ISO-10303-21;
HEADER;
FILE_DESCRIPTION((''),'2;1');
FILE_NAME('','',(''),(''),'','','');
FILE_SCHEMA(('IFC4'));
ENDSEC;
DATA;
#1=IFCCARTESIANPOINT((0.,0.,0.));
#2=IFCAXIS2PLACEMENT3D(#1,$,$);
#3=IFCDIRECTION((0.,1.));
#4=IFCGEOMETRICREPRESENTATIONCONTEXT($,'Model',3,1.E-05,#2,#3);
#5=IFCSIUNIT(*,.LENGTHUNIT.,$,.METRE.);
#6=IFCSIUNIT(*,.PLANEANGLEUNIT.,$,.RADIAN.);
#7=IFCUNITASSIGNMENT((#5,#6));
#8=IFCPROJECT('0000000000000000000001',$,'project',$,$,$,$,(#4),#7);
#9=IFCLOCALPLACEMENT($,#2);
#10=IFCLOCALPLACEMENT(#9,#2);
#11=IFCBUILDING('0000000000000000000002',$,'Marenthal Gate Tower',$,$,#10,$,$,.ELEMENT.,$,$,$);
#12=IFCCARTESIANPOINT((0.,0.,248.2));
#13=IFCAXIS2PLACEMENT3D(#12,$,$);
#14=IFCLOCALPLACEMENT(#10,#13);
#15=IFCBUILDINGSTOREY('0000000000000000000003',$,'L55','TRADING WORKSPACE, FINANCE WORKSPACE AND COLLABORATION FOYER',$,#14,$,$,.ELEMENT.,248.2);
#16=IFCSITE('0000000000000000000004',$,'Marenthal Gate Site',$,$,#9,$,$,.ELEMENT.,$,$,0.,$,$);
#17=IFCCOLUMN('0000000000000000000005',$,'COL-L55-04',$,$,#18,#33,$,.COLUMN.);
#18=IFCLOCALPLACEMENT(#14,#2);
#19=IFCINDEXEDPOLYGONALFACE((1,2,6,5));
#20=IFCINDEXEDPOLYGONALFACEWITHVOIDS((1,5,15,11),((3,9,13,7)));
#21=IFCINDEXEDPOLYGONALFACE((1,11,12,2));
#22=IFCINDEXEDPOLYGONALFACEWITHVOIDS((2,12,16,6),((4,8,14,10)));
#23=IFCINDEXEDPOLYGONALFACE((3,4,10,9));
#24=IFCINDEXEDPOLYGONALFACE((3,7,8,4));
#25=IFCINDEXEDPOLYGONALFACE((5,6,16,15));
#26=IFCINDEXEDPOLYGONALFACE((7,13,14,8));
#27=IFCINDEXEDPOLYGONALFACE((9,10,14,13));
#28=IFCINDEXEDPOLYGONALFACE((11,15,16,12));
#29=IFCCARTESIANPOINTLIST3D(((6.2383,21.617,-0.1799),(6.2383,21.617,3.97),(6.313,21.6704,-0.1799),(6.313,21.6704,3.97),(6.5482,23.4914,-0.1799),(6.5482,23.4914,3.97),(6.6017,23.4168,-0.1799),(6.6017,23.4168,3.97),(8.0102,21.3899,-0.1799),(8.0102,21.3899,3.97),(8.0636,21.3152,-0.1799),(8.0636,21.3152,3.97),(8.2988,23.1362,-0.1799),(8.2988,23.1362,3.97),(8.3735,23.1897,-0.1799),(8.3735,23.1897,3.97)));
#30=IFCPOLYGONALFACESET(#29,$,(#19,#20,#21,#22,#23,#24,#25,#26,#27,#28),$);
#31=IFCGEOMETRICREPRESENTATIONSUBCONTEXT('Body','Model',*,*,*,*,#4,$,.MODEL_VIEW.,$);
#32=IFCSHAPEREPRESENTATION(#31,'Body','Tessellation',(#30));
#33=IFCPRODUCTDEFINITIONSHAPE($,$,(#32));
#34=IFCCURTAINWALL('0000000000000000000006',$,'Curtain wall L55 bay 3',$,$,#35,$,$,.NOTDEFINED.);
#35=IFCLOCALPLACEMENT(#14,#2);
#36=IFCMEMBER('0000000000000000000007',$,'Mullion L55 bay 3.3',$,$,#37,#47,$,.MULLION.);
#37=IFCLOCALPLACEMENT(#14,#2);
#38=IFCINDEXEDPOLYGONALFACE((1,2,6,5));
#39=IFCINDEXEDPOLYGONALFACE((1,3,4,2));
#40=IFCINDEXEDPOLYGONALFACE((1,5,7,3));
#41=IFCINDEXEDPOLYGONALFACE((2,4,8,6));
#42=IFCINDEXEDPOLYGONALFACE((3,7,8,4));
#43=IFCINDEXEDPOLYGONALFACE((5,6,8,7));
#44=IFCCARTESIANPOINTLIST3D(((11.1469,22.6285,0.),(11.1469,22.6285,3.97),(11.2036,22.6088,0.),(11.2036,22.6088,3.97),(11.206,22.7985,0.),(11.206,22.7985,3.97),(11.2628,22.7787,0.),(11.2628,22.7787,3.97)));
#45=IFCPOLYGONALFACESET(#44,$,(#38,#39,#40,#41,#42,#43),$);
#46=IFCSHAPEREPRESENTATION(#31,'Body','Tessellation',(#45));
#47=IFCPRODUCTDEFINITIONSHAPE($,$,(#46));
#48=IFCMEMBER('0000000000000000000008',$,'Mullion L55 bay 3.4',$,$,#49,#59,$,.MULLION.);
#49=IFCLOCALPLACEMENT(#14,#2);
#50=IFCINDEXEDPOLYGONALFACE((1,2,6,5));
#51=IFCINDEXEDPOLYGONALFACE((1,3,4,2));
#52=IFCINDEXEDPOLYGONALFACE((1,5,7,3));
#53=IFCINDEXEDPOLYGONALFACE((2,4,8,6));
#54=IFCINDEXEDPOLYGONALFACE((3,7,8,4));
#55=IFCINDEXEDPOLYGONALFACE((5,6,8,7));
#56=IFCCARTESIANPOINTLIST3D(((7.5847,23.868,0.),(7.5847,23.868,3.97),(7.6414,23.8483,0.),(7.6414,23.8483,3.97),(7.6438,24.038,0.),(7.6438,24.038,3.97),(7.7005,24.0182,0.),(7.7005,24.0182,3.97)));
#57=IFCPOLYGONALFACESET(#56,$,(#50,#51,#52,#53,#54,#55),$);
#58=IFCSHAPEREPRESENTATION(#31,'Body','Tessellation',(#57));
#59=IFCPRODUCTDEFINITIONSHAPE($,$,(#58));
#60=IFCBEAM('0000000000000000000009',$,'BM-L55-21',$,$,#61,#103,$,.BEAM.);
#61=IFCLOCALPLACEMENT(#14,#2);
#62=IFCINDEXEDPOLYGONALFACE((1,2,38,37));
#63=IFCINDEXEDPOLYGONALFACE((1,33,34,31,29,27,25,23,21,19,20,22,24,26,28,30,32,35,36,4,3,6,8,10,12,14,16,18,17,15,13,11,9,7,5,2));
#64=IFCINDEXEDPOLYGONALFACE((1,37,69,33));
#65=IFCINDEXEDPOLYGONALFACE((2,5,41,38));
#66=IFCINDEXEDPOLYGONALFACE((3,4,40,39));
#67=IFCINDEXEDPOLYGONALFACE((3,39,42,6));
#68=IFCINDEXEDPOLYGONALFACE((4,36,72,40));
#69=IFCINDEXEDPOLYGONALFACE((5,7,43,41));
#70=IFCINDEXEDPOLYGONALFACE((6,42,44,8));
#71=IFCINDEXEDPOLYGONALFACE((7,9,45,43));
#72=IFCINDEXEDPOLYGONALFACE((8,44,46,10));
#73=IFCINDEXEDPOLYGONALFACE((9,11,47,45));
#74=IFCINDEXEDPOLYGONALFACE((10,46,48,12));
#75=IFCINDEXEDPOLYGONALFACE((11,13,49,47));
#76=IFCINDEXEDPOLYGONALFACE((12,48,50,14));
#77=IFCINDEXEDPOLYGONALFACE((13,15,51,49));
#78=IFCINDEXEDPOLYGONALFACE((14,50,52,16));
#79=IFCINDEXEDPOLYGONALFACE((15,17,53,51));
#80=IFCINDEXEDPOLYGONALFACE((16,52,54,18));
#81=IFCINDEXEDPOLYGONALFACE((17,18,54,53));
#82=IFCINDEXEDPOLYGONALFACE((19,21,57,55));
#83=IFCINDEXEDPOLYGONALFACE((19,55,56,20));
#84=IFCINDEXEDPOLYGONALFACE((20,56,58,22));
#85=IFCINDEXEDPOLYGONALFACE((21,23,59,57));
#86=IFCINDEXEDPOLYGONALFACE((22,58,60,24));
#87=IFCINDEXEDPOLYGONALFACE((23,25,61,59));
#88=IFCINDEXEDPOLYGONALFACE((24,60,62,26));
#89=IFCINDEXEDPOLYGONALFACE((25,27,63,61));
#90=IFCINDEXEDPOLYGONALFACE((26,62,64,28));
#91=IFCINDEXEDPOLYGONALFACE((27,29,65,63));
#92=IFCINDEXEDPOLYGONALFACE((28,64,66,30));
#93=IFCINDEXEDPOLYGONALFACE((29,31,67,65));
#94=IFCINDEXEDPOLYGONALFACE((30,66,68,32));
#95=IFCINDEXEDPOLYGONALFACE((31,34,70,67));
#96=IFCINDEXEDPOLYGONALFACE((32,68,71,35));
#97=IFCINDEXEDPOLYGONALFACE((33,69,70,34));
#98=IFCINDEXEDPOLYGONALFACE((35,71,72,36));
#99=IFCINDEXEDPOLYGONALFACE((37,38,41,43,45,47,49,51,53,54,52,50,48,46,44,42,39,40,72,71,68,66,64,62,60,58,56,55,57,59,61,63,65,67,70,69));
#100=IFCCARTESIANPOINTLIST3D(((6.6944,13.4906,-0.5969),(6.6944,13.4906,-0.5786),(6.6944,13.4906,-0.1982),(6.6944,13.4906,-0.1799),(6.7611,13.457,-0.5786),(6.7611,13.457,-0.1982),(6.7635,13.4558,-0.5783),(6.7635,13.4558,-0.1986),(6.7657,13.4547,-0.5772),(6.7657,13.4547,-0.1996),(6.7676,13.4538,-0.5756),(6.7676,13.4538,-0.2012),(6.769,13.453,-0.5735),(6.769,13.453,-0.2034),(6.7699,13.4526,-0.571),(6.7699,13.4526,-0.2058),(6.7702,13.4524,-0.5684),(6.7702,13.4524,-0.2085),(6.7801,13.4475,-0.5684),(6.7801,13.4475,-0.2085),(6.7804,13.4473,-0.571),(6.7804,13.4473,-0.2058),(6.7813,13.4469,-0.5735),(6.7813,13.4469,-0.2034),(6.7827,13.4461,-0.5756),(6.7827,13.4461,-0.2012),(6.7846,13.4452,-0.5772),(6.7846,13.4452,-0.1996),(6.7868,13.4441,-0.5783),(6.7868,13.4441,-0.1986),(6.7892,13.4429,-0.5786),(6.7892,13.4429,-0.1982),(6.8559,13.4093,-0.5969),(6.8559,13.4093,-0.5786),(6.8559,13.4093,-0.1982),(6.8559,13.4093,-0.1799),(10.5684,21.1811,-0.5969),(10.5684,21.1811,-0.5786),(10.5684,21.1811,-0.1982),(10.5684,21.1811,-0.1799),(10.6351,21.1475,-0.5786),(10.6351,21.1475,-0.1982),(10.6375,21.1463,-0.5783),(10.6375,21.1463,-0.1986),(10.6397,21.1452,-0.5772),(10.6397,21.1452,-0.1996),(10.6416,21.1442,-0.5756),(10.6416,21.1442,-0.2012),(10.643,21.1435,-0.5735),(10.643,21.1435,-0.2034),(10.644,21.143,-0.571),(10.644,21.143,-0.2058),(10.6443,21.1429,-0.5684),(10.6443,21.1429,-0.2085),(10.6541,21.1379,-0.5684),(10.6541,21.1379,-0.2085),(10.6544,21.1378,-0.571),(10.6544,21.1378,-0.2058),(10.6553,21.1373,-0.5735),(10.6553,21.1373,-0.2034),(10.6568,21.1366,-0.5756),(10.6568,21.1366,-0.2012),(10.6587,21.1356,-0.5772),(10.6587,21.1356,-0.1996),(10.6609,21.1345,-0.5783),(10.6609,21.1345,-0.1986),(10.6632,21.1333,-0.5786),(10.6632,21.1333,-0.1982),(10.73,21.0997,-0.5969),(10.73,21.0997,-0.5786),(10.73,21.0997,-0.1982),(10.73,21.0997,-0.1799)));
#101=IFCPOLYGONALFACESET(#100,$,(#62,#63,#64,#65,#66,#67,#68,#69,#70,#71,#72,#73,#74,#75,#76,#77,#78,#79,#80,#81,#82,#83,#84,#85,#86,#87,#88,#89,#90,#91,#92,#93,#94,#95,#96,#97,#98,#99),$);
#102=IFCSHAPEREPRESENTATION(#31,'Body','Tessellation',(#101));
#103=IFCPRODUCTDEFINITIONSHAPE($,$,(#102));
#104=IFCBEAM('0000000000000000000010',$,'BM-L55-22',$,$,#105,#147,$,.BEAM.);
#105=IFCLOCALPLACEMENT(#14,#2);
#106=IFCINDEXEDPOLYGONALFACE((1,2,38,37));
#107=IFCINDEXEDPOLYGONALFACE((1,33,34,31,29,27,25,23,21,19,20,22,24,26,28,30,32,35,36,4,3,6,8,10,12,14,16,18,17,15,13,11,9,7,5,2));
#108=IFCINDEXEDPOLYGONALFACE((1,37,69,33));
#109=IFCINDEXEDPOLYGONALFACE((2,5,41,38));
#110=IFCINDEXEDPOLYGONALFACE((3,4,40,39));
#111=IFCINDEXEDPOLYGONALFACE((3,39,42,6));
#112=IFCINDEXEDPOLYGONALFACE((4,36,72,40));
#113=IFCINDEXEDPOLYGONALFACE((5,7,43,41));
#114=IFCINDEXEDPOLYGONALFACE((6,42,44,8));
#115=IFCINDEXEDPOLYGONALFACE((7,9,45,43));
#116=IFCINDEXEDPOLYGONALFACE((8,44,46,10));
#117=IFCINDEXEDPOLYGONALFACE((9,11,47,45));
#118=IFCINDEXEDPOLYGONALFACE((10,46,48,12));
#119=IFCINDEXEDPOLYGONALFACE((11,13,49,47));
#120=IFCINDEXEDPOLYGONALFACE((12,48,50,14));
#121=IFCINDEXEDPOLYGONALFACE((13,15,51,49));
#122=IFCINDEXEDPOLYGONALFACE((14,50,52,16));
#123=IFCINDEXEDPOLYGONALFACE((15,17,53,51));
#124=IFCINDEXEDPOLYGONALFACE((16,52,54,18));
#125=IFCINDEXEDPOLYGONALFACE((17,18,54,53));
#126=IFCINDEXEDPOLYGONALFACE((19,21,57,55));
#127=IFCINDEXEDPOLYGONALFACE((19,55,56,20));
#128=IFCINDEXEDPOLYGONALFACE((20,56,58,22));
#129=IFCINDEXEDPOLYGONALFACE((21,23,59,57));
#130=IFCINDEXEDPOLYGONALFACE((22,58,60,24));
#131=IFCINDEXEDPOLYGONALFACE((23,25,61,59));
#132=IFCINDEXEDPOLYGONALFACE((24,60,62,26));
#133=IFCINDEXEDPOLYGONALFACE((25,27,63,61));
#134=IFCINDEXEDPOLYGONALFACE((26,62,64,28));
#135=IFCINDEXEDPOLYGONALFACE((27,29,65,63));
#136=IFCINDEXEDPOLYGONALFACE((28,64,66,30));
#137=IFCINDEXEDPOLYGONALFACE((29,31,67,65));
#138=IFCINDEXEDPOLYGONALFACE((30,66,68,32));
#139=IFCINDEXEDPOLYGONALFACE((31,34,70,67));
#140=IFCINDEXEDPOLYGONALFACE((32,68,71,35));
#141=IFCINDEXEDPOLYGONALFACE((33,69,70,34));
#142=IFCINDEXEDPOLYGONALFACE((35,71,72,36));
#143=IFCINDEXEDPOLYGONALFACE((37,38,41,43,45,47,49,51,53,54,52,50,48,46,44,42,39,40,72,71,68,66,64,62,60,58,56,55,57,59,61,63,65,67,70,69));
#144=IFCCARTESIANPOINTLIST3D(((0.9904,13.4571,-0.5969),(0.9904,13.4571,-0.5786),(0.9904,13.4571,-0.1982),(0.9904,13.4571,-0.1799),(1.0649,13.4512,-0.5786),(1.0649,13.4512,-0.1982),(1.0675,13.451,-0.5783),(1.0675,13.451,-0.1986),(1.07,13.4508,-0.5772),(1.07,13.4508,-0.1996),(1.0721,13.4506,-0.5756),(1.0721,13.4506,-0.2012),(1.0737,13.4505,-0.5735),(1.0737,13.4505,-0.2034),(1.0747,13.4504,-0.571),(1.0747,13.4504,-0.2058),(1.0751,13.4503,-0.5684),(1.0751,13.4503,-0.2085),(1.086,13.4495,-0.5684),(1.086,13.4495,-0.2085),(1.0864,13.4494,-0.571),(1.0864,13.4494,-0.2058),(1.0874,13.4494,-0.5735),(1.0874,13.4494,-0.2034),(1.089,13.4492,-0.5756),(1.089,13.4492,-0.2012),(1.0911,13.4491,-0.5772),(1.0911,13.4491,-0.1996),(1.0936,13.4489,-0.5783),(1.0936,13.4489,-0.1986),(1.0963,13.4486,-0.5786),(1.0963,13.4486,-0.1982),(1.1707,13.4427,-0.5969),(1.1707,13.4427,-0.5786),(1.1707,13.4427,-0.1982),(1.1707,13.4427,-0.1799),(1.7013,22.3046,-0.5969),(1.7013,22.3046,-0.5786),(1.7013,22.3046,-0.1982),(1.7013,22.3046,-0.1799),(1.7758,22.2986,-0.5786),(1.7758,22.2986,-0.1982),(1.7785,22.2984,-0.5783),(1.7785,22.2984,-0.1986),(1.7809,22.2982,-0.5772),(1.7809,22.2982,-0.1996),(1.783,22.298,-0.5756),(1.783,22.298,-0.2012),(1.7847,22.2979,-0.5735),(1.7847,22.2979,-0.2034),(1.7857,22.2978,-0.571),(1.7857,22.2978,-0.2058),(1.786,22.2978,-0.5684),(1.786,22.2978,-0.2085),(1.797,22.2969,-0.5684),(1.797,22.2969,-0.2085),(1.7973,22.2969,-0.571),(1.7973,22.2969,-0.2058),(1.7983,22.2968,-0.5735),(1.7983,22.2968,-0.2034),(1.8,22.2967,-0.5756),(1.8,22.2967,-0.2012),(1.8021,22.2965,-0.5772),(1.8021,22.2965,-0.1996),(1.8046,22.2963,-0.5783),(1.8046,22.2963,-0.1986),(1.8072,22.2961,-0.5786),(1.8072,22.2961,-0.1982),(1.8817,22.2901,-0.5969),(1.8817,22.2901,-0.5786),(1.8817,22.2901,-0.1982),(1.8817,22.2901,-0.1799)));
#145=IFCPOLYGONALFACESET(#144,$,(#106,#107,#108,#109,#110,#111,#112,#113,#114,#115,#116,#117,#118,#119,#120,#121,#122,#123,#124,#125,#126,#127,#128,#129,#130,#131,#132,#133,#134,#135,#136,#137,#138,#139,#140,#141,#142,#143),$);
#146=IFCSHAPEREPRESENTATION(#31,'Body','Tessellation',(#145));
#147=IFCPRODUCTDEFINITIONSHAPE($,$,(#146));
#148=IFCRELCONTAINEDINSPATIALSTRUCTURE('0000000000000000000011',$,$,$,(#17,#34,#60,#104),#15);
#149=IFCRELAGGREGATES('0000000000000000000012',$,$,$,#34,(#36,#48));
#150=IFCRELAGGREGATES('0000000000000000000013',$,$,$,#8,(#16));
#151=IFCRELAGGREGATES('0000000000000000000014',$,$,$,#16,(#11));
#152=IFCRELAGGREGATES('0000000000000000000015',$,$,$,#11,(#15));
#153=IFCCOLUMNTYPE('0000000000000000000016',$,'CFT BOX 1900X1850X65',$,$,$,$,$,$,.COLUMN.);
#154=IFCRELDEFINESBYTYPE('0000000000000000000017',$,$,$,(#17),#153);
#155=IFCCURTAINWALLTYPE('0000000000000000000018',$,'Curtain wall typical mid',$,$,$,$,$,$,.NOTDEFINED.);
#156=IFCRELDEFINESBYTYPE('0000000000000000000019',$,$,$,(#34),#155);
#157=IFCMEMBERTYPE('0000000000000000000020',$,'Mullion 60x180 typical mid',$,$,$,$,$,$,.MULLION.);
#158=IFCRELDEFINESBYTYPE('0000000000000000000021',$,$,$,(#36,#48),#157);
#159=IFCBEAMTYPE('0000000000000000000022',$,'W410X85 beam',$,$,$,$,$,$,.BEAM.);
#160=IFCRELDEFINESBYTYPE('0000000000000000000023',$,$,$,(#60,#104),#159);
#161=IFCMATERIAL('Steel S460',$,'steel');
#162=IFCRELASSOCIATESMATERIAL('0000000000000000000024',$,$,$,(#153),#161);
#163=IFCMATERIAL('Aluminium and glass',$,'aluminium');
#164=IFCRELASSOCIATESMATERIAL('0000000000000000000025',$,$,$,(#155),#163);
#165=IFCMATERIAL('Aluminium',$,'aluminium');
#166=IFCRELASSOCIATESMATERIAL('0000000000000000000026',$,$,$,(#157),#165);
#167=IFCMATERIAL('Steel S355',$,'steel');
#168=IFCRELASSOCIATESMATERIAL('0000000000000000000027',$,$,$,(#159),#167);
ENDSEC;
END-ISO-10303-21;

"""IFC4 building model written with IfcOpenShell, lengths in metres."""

from ifc_helpers import new_model, si_unit, direction, frame, origin, origin_2d, place, context, subcontext, project, spatial, rectangle, hollow_rectangle, i_section, extrude, material, material_profile, profile_set, type_object, element, aggregate, save


model = new_model("IFC4")

# Units and contexts
model_context = context("Model", 3, precision=1e-05, world=origin(), true_north=direction((0.0, 1.0)))
body_context = subcontext(model_context, "Body", "Model", "MODEL_VIEW")
ifc_project = project(units=[si_unit("LENGTHUNIT", "METRE"), si_unit("PLANEANGLEUNIT", "RADIAN")], contexts=[model_context])

# Site, building, storey
site_placement = place(None, origin())
site = spatial("IfcSite", under=ifc_project, at=site_placement, Name="Marenthal Gate Site", CompositionType="ELEMENT", RefElevation=0.0)
building_placement = place(site_placement, origin())
building = spatial("IfcBuilding", under=site, at=building_placement, Name="Marenthal Gate Tower", CompositionType="ELEMENT")
storey_placement = place(building_placement, frame((0.0, 0.0, 248.2)))
storey = spatial("IfcBuildingStorey", under=building, at=storey_placement, Name="L55", Description="TRADING WORKSPACE, FINANCE WORKSPACE AND COLLABORATION FOYER", CompositionType="ELEMENT", Elevation=248.2)

# Column
ifc_material_1 = material(Name="Steel S460", Category="steel")
ifc_material_profile_1 = material_profile(ifc_material_1, hollow_rectangle(XDim=1.8501, YDim=1.8999, WallThickness=0.0649, at=origin_2d()), Name="CFT BOX 1900X1850X65")
ifc_material_2 = material(Name="Concrete 70 MPa", Category="concrete")
ifc_material_profile_2 = material_profile(ifc_material_2, rectangle(XDim=1.72, YDim=1.77, at=origin_2d()), Name="CFT BOX 1900X1850X65 INFILL")
ifc_profile_set_1 = profile_set([ifc_material_profile_1, ifc_material_profile_2], Name="Steel S460 shell, Concrete 70 MPa infill")
column_type = type_object("IfcColumnType", Name="CFT BOX 1900X1850X65", PredefinedType="COLUMN", material=ifc_profile_set_1)
column_placement = place(storey_placement, frame((7.3059, 22.4033, -0.1799), z_axis=(0.0, 0.0, 1.0), x_axis=(0.986611, -0.163088, 0.0)))
element("IfcColumn", 1, at=column_placement, inside=storey, type_object=column_type, Name="COL-L55-04", PredefinedType="COLUMN", context=body_context, shape_type="SweptSolid", body=[
    extrude(hollow_rectangle(XDim=1.8501, YDim=1.8999, WallThickness=0.0649, at=origin_2d()), origin(), (0.0, 0.0, 1.0), 4.1499),
])

# Curtain wall, members
ifc_material_3 = material(Name="Aluminium and glass", Category="aluminium")
curtain_wall_type = type_object("IfcCurtainWallType", Name="Curtain wall typical mid", PredefinedType="NOTDEFINED", material=ifc_material_3)
curtain_wall_placement = place(storey_placement, origin())
curtain_wall = element("IfcCurtainWall", 2, at=curtain_wall_placement, inside=storey, type_object=curtain_wall_type, Name="Curtain wall L55 bay 3", PredefinedType="NOTDEFINED")
ifc_material_4 = material(Name="Aluminium", Category="aluminium")
ifc_material_profile_3 = material_profile(ifc_material_4, rectangle(XDim=0.1799, YDim=0.0601, at=origin_2d()), Name="60x180 aluminium mullion")
ifc_profile_set_2 = profile_set([ifc_material_profile_3], Name="Aluminium")
member_type = type_object("IfcMemberType", Name="Mullion 60x180 typical mid", PredefinedType="MULLION", material=ifc_profile_set_2)
member_1_placement = place(storey_placement, frame((11.2048, 22.7036, 0.0), z_axis=(0.0, 0.0, 1.0), x_axis=(-0.328612, -0.944465, 0.0)))
member_1 = element("IfcMember", 3, at=member_1_placement, type_object=member_type, Name="Mullion L55 bay 3.3", PredefinedType="MULLION", context=body_context, shape_type="SweptSolid", body=[
    extrude(rectangle(XDim=0.1799, YDim=0.0601, at=origin_2d()), origin(), (0.0, 0.0, 1.0), 3.97),
])
member_2_placement = place(storey_placement, frame((7.6426, 23.9431, 0.0), z_axis=(0.0, 0.0, 1.0), x_axis=(-0.328612, -0.944465, 0.0)))
member_2 = element("IfcMember", 4, at=member_2_placement, type_object=member_type, Name="Mullion L55 bay 3.4", PredefinedType="MULLION", context=body_context, shape_type="SweptSolid", body=[
    extrude(rectangle(XDim=0.1799, YDim=0.0601, at=origin_2d()), origin(), (0.0, 0.0, 1.0), 3.97),
])

# Beams
ifc_material_5 = material(Name="Steel S355", Category="steel")
ifc_material_profile_4 = material_profile(ifc_material_5, i_section(OverallWidth=0.1809, OverallDepth=0.417, WebThickness=0.011, FlangeThickness=0.0183, FilletRadius=0.0103, at=origin_2d()), Name="W410X85")
ifc_profile_set_3 = profile_set([ifc_material_profile_4], Name="Steel S355")
beam_type_1 = type_object("IfcBeamType", Name="W410X85 beam", PredefinedType="BEAM", material=ifc_profile_set_3)
beam_1_placement = place(storey_placement, frame((10.6492, 21.1404, -0.3884), z_axis=(-0.449888, -0.893085, 0.0), x_axis=(0.893085, -0.449888, 0.0)))
element("IfcBeam", 5, at=beam_1_placement, inside=storey, type_object=beam_type_1, Name="BM-L55-21", PredefinedType="BEAM", context=body_context, shape_type="SweptSolid", body=[
    extrude(i_section(OverallWidth=0.1809, OverallDepth=0.417, WebThickness=0.011, FlangeThickness=0.0183, FilletRadius=0.0103, at=origin_2d()), origin(), (0.0, 0.0, 1.0), 8.6111),
])
beam_2_placement = place(storey_placement, frame((1.7915, 22.2974, -0.3884), z_axis=(-0.080097, -0.996787, 0.0), x_axis=(0.996787, -0.080097, 0.0)))
element("IfcBeam", 6, at=beam_2_placement, inside=storey, type_object=beam_type_1, Name="BM-L55-22", PredefinedType="BEAM", context=body_context, shape_type="SweptSolid", body=[
    extrude(i_section(OverallWidth=0.1809, OverallDepth=0.417, WebThickness=0.011, FlangeThickness=0.0183, FilletRadius=0.0103, at=origin_2d()), origin(), (0.0, 0.0, 1.0), 8.876),
])

aggregate(curtain_wall, [member_1, member_2])

save(model, "model.ifc")
